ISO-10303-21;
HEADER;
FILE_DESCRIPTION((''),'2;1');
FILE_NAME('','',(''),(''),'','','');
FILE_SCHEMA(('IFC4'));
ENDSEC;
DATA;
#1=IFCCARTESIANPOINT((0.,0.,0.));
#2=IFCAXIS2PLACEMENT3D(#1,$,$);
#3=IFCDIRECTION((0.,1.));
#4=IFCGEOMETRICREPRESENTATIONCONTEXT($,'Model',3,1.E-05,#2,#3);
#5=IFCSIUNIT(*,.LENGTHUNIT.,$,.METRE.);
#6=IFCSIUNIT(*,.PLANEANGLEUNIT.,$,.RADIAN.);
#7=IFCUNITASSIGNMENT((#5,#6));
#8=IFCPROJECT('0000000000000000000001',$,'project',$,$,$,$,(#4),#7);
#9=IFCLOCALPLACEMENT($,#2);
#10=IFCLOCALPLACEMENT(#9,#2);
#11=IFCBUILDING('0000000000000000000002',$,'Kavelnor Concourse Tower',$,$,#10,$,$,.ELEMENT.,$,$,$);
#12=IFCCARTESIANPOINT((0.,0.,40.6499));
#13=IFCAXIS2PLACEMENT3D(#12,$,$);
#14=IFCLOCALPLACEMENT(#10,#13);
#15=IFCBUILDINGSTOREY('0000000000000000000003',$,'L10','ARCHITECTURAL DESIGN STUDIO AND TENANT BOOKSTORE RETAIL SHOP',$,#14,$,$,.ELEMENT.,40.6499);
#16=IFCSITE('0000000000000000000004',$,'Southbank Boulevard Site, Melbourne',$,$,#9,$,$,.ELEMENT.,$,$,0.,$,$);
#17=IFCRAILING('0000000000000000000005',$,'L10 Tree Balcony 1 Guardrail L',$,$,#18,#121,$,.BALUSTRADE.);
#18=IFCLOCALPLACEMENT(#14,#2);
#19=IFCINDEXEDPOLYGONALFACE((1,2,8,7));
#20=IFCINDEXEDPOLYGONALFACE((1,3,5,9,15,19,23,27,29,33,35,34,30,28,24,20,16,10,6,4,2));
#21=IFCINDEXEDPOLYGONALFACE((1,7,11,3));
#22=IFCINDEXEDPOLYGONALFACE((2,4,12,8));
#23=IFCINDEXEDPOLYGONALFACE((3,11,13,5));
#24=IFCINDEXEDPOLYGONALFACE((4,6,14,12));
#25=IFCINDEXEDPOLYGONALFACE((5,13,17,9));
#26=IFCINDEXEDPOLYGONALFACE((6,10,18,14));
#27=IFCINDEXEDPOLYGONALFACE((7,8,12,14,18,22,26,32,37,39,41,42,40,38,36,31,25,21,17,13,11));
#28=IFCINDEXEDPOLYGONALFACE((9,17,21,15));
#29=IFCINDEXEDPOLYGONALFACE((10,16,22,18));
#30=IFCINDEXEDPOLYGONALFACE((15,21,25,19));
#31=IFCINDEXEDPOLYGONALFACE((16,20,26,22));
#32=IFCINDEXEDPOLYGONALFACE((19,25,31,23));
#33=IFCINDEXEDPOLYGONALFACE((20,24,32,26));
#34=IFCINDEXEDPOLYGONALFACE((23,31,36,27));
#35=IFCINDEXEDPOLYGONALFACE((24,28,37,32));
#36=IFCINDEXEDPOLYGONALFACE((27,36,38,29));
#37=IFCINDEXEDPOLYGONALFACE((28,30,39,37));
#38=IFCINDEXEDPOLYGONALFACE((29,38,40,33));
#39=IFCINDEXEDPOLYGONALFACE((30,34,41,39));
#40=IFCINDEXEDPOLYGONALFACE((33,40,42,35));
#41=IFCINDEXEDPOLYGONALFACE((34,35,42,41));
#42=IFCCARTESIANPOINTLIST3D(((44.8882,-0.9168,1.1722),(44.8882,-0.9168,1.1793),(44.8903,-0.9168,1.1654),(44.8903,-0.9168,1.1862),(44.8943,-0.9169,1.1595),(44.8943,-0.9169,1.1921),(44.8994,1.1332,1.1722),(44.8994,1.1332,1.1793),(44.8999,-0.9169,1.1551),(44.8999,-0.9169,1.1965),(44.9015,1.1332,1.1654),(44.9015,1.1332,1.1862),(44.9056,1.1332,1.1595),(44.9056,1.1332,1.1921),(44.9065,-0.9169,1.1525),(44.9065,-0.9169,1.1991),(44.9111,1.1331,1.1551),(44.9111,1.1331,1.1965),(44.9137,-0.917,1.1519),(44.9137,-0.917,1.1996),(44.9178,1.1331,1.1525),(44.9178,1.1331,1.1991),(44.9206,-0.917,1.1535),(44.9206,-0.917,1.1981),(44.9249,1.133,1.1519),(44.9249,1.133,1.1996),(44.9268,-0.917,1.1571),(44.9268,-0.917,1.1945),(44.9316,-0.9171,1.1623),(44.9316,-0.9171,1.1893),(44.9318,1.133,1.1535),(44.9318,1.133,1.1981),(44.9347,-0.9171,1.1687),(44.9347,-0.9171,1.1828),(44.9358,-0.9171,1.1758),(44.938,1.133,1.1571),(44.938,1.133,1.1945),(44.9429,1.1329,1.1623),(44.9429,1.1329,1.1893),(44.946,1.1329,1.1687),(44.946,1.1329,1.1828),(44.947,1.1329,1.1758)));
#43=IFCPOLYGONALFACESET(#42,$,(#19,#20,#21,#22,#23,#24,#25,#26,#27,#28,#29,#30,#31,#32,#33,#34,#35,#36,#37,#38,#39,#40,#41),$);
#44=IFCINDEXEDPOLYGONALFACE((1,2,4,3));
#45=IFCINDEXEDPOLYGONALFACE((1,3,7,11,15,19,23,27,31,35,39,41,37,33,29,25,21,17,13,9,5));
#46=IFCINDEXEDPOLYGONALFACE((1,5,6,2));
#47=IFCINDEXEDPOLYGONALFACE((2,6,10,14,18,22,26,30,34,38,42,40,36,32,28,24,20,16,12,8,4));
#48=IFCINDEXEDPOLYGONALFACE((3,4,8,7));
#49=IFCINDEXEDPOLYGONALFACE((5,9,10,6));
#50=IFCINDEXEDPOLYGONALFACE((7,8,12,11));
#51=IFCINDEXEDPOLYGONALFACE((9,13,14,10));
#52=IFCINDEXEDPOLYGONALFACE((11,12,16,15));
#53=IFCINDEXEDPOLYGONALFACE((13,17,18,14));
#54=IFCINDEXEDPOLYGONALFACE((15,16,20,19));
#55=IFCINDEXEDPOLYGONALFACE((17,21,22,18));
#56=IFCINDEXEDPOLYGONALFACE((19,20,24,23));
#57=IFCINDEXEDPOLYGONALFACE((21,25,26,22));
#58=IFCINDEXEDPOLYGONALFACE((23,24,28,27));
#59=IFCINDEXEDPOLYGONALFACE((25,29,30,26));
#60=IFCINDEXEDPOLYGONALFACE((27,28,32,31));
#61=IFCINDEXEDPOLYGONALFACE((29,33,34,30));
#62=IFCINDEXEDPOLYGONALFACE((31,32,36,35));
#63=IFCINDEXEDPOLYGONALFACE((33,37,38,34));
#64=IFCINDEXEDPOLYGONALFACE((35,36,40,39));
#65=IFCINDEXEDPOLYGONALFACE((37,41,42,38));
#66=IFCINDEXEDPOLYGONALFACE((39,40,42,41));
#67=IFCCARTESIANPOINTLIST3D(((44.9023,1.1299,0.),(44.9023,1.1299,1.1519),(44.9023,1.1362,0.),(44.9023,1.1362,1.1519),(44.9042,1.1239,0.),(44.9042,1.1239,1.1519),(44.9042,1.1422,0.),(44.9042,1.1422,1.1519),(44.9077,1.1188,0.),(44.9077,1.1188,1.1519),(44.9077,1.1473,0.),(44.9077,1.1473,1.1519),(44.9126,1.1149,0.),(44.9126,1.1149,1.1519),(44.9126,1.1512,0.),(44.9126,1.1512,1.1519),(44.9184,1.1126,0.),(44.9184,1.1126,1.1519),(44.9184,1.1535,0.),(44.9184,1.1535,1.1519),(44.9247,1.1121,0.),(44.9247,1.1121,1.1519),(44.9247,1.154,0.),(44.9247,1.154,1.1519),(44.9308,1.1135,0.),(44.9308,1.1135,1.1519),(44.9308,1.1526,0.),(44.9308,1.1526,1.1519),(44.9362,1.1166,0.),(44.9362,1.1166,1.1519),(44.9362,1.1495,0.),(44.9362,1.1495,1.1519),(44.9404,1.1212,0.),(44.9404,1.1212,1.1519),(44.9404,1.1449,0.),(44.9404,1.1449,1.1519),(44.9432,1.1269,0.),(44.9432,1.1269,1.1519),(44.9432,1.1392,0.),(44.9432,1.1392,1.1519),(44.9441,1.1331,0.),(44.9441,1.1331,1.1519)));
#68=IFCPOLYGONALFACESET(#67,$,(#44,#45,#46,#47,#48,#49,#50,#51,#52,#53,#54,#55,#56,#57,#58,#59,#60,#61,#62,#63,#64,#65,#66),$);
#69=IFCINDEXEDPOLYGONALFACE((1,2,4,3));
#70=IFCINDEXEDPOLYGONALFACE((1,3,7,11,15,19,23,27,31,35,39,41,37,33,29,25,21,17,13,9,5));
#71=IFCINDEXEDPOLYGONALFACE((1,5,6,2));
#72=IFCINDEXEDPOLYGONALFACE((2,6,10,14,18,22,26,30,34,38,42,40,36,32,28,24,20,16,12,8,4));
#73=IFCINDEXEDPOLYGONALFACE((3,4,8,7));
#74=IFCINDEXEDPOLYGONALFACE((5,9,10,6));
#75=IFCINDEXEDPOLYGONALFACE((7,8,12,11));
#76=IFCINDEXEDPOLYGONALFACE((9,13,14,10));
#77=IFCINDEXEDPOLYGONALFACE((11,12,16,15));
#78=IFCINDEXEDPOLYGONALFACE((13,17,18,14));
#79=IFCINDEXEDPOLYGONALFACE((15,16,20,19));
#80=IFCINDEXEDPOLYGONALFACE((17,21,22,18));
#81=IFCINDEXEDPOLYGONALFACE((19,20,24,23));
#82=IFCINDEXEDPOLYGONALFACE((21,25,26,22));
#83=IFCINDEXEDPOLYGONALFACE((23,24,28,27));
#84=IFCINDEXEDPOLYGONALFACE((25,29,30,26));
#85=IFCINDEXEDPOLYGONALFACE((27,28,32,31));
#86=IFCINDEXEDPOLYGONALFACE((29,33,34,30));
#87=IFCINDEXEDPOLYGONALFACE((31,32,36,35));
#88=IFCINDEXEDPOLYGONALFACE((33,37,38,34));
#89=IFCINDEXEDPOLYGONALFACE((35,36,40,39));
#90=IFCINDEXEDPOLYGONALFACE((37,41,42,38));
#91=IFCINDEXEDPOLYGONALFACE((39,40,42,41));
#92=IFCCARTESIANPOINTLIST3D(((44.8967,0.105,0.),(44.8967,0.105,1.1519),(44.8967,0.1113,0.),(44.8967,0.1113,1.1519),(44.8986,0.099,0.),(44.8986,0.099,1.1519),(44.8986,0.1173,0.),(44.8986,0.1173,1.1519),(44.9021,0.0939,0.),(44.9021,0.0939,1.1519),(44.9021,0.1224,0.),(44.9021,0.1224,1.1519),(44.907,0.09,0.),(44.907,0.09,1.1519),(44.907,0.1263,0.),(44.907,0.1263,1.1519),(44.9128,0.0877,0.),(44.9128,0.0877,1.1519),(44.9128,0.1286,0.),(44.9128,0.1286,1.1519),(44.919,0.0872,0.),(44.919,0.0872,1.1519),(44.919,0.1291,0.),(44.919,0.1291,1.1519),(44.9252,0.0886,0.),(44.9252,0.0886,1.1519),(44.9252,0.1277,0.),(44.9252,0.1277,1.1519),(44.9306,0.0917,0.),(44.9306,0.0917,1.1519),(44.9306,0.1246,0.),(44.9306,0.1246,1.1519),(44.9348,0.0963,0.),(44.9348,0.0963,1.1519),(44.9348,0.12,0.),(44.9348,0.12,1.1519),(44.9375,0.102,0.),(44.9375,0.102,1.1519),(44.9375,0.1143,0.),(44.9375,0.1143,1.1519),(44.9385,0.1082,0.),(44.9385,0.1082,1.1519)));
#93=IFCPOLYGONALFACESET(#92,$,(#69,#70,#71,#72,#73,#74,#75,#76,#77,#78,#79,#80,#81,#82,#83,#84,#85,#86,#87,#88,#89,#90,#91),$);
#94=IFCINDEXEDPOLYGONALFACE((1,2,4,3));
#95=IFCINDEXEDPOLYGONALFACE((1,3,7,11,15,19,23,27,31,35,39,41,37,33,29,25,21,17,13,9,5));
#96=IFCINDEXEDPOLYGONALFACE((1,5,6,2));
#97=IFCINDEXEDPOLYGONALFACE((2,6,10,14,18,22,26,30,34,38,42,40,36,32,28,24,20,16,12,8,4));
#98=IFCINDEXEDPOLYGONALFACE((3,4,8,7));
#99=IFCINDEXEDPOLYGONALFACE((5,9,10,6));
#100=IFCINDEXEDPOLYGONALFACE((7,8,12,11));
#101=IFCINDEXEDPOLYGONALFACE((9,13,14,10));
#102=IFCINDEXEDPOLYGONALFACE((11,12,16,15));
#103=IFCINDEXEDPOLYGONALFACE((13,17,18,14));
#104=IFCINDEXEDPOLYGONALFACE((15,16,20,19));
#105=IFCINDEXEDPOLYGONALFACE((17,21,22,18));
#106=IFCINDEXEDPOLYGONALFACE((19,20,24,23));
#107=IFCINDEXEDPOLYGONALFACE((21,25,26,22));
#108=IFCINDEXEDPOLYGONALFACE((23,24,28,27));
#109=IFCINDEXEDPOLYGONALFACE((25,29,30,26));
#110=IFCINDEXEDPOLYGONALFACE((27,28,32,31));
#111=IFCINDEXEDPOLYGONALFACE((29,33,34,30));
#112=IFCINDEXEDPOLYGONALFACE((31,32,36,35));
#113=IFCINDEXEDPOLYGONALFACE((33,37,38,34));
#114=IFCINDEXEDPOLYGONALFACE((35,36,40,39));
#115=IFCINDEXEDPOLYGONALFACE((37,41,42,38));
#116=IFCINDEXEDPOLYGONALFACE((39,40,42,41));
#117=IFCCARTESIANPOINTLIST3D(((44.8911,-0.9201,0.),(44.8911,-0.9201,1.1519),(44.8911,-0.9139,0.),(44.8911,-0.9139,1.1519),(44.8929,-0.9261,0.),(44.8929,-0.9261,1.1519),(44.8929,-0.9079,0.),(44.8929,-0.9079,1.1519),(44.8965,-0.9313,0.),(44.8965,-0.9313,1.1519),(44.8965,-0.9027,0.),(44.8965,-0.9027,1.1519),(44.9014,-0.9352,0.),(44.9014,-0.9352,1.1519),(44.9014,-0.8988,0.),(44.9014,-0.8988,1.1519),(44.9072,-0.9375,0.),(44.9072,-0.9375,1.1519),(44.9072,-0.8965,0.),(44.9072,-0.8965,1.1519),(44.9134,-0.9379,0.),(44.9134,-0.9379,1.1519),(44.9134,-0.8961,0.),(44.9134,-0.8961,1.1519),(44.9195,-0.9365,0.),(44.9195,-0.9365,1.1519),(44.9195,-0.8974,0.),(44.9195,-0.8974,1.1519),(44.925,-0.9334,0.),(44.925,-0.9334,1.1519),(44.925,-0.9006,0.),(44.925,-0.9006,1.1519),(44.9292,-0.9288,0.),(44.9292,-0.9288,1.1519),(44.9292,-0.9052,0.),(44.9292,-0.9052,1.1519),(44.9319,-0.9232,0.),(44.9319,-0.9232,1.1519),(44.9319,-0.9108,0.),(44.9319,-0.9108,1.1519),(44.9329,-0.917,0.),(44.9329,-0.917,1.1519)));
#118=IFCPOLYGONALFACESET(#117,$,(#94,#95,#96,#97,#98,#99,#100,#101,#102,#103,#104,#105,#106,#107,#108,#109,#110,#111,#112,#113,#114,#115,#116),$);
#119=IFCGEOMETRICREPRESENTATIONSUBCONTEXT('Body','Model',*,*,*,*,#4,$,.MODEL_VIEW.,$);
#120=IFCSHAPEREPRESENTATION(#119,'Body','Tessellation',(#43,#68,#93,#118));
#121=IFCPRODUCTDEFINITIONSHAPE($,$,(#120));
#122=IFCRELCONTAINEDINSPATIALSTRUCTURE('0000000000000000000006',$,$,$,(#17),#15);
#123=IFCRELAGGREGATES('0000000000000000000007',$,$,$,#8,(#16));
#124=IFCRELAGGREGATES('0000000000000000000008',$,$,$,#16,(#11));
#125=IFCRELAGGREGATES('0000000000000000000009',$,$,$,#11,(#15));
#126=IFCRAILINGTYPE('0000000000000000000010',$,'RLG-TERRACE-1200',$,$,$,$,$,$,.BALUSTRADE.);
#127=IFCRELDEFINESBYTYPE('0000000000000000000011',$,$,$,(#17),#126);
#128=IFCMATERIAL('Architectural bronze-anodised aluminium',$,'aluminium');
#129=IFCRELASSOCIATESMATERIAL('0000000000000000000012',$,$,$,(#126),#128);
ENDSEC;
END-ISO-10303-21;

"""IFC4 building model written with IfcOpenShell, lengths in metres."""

from ifc_helpers import new_model, si_unit, direction, frame, origin, origin_2d, place, context, subcontext, project, spatial, circle, extrude, material, type_object, element, save


model = new_model("IFC4")

# Units and contexts
model_context = context("Model", 3, precision=1e-05, world=origin(), true_north=direction((0.0, 1.0)))
body_context = subcontext(model_context, "Body", "Model", "MODEL_VIEW")
ifc_project = project(units=[si_unit("LENGTHUNIT", "METRE"), si_unit("PLANEANGLEUNIT", "RADIAN")], contexts=[model_context])

# Site, building, storey
site_placement = place(None, origin())
site = spatial("IfcSite", under=ifc_project, at=site_placement, Name="Southbank Boulevard Site, Melbourne", CompositionType="ELEMENT", RefElevation=0.0)
building_placement = place(site_placement, origin())
building = spatial("IfcBuilding", under=site, at=building_placement, Name="Kavelnor Concourse Tower", CompositionType="ELEMENT")
storey_placement = place(building_placement, frame((0.0, 0.0, 40.6499)))
storey = spatial("IfcBuildingStorey", under=building, at=storey_placement, Name="L10", Description="ARCHITECTURAL DESIGN STUDIO AND TENANT BOOKSTORE RETAIL SHOP", CompositionType="ELEMENT", Elevation=40.6499)

# Railing
ifc_material_1 = material(Name="Architectural bronze-anodised aluminium", Category="aluminium")
railing_type_1 = type_object("IfcRailingType", Name="RLG-TERRACE-1200", PredefinedType="BALUSTRADE", material=ifc_material_1)
railing_1_placement = place(storey_placement, frame((44.9231, 1.1331, 0.0)))
element("IfcRailing", 1, at=railing_1_placement, inside=storey, type_object=railing_type_1, Name="L10 Tree Balcony 1 Guardrail L", PredefinedType="BALUSTRADE", context=body_context, shape_type="SweptSolid", body=[
    extrude(circle(Radius=0.0239, at=origin_2d()), frame((0.0, 0.0, 1.1758), z_axis=(-0.005478, -0.999985, 0.0), x_axis=(0.999985, -0.005478, 0.0)), (0.0, 0.0, 1.0), 2.05),
    extrude(circle(Radius=0.021, at=origin_2d()), origin(), (0.0, 0.0, 1.0), 1.1519),
    extrude(circle(Radius=0.021, at=origin_2d()), frame((-0.0056, -1.0249, 0.0)), (0.0, 0.0, 1.0), 1.1519),
    extrude(circle(Radius=0.021, at=origin_2d()), frame((-0.0112, -2.05, 0.0)), (0.0, 0.0, 1.0), 1.1519),
])

save(model, "model.ifc")
